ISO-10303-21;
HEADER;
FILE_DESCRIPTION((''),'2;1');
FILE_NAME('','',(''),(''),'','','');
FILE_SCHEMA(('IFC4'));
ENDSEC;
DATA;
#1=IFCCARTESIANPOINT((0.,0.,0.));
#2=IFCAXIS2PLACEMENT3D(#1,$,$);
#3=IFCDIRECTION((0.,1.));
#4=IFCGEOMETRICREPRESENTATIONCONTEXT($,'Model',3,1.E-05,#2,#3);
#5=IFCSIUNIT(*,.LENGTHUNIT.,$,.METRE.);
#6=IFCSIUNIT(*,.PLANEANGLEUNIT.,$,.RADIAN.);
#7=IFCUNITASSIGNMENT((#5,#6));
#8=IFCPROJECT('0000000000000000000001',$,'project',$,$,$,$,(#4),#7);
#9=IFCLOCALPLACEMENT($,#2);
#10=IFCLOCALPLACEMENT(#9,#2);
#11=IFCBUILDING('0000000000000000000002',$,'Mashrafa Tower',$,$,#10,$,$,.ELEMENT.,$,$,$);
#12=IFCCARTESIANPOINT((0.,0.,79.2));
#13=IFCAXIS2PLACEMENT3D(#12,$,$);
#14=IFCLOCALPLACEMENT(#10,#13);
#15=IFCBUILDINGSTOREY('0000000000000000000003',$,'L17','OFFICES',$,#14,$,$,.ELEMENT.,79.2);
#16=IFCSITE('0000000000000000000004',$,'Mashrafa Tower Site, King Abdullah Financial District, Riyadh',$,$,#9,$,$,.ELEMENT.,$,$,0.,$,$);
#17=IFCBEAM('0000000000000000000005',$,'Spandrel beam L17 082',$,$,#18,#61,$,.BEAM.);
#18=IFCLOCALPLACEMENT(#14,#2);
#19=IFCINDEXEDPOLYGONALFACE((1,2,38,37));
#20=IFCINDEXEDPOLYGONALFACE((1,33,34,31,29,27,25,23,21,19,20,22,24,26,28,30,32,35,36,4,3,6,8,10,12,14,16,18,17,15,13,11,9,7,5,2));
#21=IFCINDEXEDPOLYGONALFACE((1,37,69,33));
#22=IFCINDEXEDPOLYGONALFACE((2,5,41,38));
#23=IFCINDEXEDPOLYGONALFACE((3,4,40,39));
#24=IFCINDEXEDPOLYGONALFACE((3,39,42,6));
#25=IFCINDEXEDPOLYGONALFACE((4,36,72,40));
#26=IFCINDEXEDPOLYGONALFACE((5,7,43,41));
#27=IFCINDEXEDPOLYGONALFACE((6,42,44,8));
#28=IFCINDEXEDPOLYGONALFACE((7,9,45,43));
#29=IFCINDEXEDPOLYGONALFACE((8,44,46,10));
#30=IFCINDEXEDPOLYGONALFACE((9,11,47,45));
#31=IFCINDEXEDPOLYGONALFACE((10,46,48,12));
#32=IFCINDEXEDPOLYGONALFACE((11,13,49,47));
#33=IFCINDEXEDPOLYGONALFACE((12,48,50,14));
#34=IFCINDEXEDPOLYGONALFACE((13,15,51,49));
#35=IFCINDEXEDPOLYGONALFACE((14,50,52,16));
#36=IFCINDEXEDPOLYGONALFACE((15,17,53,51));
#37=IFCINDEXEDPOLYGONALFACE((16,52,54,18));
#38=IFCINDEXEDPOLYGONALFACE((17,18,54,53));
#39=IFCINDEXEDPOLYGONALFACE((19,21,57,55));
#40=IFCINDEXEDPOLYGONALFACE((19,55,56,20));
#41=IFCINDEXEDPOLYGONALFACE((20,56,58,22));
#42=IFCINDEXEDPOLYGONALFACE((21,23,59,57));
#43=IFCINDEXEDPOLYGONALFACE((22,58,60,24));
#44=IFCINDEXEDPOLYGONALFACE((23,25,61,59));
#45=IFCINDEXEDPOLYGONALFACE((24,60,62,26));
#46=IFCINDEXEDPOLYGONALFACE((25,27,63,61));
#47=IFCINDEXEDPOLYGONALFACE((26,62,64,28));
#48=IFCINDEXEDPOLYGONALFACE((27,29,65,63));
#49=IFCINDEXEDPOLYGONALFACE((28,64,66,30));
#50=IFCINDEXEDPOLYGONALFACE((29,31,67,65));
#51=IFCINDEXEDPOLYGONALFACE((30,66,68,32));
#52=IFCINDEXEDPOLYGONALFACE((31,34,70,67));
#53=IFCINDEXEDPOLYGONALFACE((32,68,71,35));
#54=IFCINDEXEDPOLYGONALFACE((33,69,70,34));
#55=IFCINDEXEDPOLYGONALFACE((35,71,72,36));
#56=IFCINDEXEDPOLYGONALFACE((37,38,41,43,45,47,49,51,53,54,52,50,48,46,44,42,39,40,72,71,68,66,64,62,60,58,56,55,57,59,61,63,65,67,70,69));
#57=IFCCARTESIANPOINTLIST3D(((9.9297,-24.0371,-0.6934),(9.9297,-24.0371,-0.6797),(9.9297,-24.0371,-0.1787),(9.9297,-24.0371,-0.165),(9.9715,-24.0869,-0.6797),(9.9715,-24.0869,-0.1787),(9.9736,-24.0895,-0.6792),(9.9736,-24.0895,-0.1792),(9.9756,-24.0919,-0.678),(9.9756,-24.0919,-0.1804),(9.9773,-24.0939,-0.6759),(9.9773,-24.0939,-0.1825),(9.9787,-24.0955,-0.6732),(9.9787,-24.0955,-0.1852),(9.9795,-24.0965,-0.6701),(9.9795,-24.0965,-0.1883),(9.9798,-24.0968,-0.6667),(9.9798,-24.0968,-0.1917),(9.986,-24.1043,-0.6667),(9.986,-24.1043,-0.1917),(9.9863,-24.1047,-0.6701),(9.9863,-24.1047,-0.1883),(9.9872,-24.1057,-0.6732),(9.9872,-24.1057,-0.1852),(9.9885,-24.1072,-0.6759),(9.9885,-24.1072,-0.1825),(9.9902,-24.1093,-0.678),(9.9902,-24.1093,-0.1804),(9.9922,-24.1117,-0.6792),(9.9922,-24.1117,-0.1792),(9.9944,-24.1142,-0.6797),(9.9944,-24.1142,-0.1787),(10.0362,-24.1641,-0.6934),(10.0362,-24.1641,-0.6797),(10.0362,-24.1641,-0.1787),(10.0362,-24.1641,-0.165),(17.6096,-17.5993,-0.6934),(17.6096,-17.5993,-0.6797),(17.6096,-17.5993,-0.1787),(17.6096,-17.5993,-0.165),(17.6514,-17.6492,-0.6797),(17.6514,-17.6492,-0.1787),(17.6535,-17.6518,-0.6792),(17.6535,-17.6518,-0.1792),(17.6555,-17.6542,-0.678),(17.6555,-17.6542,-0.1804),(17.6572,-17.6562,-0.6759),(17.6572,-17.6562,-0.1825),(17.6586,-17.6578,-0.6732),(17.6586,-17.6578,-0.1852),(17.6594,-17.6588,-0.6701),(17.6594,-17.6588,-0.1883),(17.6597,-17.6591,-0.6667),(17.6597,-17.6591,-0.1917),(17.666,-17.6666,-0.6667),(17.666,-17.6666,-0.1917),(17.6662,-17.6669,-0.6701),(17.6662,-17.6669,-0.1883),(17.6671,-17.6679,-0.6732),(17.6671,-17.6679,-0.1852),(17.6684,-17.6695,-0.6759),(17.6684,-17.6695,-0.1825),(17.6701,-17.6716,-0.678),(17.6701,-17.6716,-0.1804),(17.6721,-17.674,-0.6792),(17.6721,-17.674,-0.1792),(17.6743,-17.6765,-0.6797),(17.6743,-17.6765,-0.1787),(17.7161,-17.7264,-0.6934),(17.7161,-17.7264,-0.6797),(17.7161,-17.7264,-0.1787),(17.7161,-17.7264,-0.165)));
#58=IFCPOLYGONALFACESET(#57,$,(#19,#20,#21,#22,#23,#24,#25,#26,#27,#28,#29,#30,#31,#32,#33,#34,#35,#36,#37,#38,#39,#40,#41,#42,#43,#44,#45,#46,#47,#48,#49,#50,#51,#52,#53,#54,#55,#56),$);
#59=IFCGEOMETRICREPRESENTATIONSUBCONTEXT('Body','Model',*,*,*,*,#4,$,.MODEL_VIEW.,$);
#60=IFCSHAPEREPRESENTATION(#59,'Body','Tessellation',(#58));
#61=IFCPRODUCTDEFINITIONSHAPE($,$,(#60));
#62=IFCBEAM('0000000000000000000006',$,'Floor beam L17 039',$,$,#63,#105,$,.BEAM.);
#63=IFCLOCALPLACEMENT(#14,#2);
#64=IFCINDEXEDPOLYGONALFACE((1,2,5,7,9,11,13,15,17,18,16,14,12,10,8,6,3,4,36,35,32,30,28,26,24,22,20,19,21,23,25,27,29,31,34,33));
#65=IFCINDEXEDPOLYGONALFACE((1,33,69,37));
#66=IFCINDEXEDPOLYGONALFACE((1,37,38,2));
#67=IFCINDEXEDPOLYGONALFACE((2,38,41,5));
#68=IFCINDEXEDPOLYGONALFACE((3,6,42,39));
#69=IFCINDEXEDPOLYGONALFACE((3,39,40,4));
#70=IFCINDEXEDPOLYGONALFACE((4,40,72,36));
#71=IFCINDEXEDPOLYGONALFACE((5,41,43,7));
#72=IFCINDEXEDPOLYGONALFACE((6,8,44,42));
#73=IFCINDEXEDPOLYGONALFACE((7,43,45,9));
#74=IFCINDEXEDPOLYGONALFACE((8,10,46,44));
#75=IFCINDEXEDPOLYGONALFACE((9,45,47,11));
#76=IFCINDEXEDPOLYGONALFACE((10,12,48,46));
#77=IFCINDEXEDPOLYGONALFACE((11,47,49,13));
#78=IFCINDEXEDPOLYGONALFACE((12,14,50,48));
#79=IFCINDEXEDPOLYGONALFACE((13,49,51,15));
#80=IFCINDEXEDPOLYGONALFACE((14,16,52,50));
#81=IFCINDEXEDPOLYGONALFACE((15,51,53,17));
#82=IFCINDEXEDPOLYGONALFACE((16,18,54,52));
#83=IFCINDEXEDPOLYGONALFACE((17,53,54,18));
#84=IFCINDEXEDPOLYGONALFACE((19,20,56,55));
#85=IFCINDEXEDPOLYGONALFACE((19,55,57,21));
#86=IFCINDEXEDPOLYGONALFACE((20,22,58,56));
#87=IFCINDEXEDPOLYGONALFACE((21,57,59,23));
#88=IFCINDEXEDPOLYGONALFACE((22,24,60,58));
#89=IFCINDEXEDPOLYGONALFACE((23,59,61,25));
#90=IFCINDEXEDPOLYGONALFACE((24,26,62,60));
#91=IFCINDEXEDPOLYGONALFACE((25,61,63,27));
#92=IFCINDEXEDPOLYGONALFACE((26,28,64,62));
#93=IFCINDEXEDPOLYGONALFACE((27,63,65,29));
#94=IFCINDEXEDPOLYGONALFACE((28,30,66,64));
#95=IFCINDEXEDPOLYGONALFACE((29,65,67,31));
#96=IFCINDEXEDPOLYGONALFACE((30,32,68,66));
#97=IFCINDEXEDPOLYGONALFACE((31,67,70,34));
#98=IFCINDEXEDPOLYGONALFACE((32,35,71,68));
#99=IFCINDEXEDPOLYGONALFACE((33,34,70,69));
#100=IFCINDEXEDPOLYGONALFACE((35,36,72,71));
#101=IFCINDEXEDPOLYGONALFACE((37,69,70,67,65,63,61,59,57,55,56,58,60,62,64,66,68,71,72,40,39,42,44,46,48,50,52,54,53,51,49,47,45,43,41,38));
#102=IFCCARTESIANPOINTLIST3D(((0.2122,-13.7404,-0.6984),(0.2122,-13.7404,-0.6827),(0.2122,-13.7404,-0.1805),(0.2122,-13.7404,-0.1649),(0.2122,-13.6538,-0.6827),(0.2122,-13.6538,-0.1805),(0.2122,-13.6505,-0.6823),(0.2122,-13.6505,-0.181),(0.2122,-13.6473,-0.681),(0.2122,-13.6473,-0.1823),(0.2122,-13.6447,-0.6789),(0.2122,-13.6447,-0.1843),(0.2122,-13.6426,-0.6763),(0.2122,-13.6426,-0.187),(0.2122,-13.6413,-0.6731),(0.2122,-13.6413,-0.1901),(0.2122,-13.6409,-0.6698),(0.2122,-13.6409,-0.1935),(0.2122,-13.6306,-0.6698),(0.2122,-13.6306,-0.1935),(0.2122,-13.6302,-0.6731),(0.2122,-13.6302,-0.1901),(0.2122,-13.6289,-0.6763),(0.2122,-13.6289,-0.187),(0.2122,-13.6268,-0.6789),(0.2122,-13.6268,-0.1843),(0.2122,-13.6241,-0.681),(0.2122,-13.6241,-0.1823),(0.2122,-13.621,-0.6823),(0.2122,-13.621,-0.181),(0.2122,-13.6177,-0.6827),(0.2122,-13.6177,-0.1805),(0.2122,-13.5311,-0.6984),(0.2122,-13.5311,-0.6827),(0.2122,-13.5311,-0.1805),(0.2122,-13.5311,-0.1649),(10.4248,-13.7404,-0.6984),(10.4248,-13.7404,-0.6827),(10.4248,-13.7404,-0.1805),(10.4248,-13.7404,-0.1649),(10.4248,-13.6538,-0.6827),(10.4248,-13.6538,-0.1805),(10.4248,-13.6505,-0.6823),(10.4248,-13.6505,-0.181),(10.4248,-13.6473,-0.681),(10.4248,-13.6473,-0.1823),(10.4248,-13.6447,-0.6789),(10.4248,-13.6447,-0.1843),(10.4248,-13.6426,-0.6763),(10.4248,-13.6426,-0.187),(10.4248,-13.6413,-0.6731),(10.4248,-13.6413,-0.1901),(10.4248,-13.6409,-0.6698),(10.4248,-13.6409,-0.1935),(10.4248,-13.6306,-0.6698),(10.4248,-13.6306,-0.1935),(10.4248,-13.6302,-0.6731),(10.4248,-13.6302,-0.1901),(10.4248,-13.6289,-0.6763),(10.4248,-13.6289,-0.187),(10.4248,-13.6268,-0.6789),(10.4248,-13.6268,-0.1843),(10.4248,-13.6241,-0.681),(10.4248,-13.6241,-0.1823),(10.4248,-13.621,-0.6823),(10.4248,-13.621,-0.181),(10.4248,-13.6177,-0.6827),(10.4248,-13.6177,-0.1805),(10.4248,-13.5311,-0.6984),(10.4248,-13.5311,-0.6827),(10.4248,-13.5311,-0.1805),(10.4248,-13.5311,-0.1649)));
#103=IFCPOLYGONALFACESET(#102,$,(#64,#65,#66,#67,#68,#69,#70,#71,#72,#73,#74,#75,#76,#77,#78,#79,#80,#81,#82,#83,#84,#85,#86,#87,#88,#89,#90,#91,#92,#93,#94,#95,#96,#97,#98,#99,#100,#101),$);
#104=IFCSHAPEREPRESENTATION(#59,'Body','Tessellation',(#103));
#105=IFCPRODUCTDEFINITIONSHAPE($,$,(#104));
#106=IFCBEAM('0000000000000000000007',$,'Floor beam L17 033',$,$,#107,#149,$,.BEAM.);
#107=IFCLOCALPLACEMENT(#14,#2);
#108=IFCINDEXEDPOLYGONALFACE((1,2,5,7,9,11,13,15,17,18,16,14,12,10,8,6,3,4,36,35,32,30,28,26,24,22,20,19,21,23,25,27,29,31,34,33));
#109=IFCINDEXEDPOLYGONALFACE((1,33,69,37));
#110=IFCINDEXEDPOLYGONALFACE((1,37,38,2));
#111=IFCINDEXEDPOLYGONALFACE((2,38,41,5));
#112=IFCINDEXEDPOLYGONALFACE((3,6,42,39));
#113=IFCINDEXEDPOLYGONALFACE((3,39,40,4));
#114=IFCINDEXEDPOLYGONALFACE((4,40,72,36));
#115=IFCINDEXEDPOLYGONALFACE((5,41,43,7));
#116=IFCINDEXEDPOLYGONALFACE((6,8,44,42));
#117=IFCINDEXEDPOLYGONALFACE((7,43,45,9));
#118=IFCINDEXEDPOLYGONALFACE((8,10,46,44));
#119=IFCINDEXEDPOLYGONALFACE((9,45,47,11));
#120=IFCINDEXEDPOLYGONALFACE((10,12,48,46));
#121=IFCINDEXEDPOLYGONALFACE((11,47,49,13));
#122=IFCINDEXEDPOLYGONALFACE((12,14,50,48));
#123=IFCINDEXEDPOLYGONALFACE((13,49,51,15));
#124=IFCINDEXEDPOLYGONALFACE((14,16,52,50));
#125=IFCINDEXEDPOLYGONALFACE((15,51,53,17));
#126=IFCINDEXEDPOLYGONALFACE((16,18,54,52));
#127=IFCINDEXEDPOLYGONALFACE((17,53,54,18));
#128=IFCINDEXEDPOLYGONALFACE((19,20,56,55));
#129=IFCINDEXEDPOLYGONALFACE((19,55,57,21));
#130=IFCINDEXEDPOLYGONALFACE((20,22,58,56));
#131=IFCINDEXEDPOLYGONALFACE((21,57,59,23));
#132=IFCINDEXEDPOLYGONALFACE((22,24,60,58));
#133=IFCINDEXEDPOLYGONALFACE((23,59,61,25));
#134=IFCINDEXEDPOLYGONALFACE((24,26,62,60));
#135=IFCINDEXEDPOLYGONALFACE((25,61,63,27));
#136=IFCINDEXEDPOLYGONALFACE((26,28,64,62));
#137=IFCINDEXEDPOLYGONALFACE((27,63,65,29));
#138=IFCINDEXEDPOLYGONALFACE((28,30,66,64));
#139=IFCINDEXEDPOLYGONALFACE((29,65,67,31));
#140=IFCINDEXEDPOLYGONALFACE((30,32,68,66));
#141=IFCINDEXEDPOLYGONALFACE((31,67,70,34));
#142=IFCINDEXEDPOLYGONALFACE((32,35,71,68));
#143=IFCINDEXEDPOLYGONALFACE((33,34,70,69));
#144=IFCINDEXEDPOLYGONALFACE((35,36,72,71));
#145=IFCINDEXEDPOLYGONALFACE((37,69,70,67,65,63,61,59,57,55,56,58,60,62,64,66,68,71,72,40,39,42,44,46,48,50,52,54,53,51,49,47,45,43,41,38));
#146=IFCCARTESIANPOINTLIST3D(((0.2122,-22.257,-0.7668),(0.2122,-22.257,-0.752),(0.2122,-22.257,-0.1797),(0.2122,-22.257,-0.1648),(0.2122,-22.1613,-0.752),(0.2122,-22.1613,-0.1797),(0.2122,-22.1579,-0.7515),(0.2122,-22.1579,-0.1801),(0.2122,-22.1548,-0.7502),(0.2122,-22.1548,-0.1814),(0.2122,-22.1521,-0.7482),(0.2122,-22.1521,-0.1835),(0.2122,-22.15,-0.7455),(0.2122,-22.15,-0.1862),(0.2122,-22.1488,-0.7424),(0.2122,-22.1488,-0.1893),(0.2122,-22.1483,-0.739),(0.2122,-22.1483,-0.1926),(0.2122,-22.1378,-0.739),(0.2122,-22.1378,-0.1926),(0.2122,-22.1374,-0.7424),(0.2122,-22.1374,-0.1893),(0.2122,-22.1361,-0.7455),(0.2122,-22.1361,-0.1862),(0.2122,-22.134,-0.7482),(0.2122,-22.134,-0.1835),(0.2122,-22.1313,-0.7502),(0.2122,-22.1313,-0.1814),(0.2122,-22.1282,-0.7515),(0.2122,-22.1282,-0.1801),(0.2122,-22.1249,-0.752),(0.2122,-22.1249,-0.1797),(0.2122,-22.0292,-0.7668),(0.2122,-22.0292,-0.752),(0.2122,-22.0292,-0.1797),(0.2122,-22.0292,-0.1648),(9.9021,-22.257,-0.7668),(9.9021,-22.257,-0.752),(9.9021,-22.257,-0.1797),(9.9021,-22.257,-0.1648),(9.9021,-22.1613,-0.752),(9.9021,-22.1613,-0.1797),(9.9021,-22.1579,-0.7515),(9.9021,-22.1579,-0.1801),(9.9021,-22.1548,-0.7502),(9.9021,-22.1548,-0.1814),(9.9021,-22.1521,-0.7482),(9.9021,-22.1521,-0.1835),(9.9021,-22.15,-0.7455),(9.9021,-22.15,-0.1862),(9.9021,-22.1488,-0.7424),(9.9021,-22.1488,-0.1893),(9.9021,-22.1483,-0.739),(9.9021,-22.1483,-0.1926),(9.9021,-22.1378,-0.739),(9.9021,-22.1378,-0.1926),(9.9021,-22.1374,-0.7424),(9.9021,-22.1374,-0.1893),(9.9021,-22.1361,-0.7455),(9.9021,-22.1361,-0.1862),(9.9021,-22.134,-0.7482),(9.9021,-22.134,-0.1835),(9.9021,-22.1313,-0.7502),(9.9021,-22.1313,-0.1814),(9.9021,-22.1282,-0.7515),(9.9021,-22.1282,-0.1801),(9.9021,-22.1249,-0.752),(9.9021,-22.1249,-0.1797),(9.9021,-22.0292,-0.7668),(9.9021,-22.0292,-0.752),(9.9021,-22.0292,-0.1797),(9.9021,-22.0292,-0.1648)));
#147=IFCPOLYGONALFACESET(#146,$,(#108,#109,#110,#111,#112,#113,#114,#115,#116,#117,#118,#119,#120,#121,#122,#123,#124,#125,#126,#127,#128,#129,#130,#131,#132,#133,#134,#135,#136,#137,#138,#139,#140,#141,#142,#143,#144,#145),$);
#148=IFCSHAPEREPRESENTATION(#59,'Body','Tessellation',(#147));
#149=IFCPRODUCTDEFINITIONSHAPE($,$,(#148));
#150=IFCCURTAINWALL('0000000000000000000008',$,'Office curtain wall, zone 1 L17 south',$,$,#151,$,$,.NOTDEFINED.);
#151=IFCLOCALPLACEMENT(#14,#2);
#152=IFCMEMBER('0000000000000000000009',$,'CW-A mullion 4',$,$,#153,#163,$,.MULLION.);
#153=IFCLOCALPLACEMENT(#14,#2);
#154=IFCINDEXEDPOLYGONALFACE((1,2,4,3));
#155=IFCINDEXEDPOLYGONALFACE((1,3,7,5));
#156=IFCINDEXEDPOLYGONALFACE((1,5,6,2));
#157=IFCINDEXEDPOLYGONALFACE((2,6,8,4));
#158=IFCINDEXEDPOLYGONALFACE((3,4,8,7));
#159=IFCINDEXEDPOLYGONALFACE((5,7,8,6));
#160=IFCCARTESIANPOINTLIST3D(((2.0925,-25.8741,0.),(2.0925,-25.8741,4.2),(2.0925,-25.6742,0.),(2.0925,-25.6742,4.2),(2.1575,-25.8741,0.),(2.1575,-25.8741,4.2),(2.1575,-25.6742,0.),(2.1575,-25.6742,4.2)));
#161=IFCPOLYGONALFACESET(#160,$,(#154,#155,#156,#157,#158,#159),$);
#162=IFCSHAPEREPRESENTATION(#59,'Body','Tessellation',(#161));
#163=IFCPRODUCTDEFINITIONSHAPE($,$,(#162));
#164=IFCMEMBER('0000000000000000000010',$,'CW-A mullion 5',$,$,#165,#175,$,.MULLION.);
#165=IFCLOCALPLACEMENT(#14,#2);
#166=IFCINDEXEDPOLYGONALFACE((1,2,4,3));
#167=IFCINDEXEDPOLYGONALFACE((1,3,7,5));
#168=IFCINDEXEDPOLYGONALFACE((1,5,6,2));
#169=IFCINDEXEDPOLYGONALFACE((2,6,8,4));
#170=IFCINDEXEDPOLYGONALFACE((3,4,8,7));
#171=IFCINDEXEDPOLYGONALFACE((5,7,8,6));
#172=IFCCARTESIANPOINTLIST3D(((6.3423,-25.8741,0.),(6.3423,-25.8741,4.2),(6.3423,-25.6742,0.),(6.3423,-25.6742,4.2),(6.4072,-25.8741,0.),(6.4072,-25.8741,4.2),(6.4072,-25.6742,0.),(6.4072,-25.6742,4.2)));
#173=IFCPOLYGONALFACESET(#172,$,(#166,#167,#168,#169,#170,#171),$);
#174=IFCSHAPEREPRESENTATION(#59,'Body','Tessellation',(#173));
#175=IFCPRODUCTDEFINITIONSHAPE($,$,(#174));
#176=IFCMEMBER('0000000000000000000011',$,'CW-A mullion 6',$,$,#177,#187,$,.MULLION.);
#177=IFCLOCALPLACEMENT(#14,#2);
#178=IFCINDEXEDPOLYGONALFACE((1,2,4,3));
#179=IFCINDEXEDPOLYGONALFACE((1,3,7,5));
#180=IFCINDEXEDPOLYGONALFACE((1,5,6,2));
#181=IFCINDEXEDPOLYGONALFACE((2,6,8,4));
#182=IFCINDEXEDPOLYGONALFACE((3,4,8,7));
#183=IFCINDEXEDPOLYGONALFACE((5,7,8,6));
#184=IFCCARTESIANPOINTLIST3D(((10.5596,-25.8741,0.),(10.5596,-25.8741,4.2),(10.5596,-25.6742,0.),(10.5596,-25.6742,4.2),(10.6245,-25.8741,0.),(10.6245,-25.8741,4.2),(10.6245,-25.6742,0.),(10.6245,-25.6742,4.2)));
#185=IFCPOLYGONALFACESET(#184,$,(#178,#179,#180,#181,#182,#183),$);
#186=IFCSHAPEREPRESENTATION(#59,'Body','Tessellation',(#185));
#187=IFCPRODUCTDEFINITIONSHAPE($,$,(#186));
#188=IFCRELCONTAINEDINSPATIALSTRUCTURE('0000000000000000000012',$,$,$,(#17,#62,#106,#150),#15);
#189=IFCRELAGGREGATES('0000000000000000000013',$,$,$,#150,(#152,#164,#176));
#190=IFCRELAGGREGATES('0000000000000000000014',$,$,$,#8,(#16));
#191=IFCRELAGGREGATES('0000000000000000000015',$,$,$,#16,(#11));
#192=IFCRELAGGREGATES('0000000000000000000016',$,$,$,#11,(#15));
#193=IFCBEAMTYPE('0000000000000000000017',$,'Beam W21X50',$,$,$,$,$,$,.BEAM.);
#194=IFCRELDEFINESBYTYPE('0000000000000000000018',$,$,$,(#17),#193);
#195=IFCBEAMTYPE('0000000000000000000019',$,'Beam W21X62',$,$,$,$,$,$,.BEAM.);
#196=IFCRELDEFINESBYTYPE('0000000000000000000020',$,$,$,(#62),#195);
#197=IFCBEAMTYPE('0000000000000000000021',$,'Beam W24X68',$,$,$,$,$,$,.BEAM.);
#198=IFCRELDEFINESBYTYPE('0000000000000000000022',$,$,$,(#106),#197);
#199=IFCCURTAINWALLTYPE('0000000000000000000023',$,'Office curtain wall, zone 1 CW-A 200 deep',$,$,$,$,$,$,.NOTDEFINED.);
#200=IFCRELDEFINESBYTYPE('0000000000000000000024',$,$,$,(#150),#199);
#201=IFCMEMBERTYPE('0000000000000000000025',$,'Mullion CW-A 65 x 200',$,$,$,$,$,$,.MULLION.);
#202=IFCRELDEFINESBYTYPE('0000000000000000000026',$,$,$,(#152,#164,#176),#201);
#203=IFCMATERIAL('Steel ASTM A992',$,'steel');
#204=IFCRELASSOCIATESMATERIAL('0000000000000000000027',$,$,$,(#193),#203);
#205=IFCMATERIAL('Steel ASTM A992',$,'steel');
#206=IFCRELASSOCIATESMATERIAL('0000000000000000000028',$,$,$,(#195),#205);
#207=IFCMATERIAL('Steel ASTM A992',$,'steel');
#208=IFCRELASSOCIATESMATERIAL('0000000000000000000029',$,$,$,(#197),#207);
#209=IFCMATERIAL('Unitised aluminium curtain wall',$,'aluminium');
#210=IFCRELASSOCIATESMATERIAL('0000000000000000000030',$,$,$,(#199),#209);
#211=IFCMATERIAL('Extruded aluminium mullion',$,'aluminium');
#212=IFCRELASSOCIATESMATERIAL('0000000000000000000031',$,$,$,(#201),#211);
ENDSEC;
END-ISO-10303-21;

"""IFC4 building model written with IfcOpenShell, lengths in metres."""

from ifc_helpers import new_model, si_unit, direction, frame, origin, origin_2d, place, context, subcontext, project, spatial, rectangle, i_section, extrude, source, transform, mapped, material, material_profile, profile_set, type_object, type_shapes, element, aggregate, save


model = new_model("IFC4")

# Units and contexts
model_context = context("Model", 3, precision=1e-05, world=origin(), true_north=direction((0.0, 1.0)))
body_context = subcontext(model_context, "Body", "Model", "MODEL_VIEW")
ifc_project = project(units=[si_unit("LENGTHUNIT", "METRE"), si_unit("PLANEANGLEUNIT", "RADIAN")], contexts=[model_context])

# Site, building, storey
site_placement = place(None, origin())
site = spatial("IfcSite", under=ifc_project, at=site_placement, Name="Mashrafa Tower Site, King Abdullah Financial District, Riyadh", CompositionType="ELEMENT", RefElevation=0.0)
building_placement = place(site_placement, origin())
building = spatial("IfcBuilding", under=site, at=building_placement, Name="Mashrafa Tower", CompositionType="ELEMENT")
storey_placement = place(building_placement, frame((0.0, 0.0, 79.2)))
storey = spatial("IfcBuildingStorey", under=building, at=storey_placement, Name="L17", Description="OFFICES", CompositionType="ELEMENT", Elevation=79.2)

# Beams
ifc_material_1 = material(Name="Steel ASTM A992", Category="steel")
ifc_material_profile_1 = material_profile(ifc_material_1, i_section(OverallWidth=0.1658, OverallDepth=0.5283, WebThickness=0.0098, FlangeThickness=0.0137, FilletRadius=0.0129, at=origin_2d()), Name="W21X50")
ifc_profile_set_1 = profile_set([ifc_material_profile_1], Name="Steel ASTM A992")
beam_type_1 = type_object("IfcBeamType", Name="Beam W21X50", PredefinedType="BEAM", material=ifc_profile_set_1)
beam_1_placement = place(storey_placement, frame((9.9829, -24.1006, -0.4292), z_axis=(0.766363, 0.642408, 0.0), x_axis=(-0.642408, 0.766363, 0.0)))
element("IfcBeam", 1, at=beam_1_placement, inside=storey, type_object=beam_type_1, Name="Spandrel beam L17 082", PredefinedType="BEAM", context=body_context, shape_type="SweptSolid", body=[
    extrude(i_section(OverallWidth=0.1658, OverallDepth=0.5283, WebThickness=0.0098, FlangeThickness=0.0137, FilletRadius=0.0129, at=origin_2d()), origin(), (0.0, 0.0, 1.0), 10.0212),
])
ifc_material_2 = material(Name="Steel ASTM A992", Category="steel")
ifc_material_profile_2 = material_profile(ifc_material_2, i_section(OverallWidth=0.2092, OverallDepth=0.5334, WebThickness=0.0103, FlangeThickness=0.0156, FilletRadius=0.0129, at=origin_2d()), Name="W21X62")
ifc_profile_set_2 = profile_set([ifc_material_profile_2], Name="Steel ASTM A992")
beam_type_2 = type_object("IfcBeamType", Name="Beam W21X62", PredefinedType="BEAM", material=ifc_profile_set_2)
beam_2_placement = place(storey_placement, frame((10.4248, -13.6357, -0.4316), z_axis=(-1.0, 0.0, 0.0), x_axis=(0.0, -1.0, 0.0)))
element("IfcBeam", 2, at=beam_2_placement, inside=storey, type_object=beam_type_2, Name="Floor beam L17 039", PredefinedType="BEAM", context=body_context, shape_type="SweptSolid", body=[
    extrude(i_section(OverallWidth=0.2092, OverallDepth=0.5334, WebThickness=0.0103, FlangeThickness=0.0156, FilletRadius=0.0129, at=origin_2d()), origin(), (0.0, 0.0, 1.0), 10.2126),
])
ifc_material_3 = material(Name="Steel ASTM A992", Category="steel")
ifc_material_profile_3 = material_profile(ifc_material_3, i_section(OverallWidth=0.2278, OverallDepth=0.6021, WebThickness=0.0105, FlangeThickness=0.0149, FilletRadius=0.0129, at=origin_2d()), Name="W24X68")
ifc_profile_set_3 = profile_set([ifc_material_profile_3], Name="Steel ASTM A992")
beam_type_3 = type_object("IfcBeamType", Name="Beam W24X68", PredefinedType="BEAM", material=ifc_profile_set_3)
beam_3_placement = place(storey_placement, frame((9.9021, -22.1431, -0.4658), z_axis=(-1.0, 0.0, 0.0), x_axis=(0.0, -1.0, 0.0)))
element("IfcBeam", 3, at=beam_3_placement, inside=storey, type_object=beam_type_3, Name="Floor beam L17 033", PredefinedType="BEAM", context=body_context, shape_type="SweptSolid", body=[
    extrude(i_section(OverallWidth=0.2278, OverallDepth=0.6021, WebThickness=0.0105, FlangeThickness=0.0149, FilletRadius=0.0129, at=origin_2d()), origin(), (0.0, 0.0, 1.0), 9.6899),
])

# Curtain wall, members
ifc_material_4 = material(Name="Unitised aluminium curtain wall", Category="aluminium")
curtain_wall_type = type_object("IfcCurtainWallType", Name="Office curtain wall, zone 1 CW-A 200 deep", PredefinedType="NOTDEFINED", material=ifc_material_4)
curtain_wall_1_placement = place(storey_placement, origin())
curtain_wall_1 = element("IfcCurtainWall", 4, at=curtain_wall_1_placement, inside=storey, type_object=curtain_wall_type, Name="Office curtain wall, zone 1 L17 south", PredefinedType="NOTDEFINED")
ifc_material_5 = material(Name="Extruded aluminium mullion", Category="aluminium")
ifc_material_profile_4 = material_profile(ifc_material_5, rectangle(XDim=0.2, YDim=0.0649, at=origin_2d()), Name="Mullion 65x200")
ifc_profile_set_4 = profile_set([ifc_material_profile_4], Name="Extruded aluminium mullion")
member_type_1 = type_object("IfcMemberType", Name="Mullion CW-A 65 x 200", PredefinedType="MULLION", material=ifc_profile_set_4)
shared_shape_1 = source(origin(), body_context, "Body", "SweptSolid", [
    extrude(rectangle(XDim=0.2, YDim=0.0649, at=origin_2d()), origin(), (0.0, 0.0, 1.0), 4.2),
])
type_shapes(member_type_1, [shared_shape_1])
member_1_placement = place(storey_placement, frame((2.125, -25.7742, 0.0), z_axis=(0.0, 0.0, 1.0), x_axis=(0.0, 1.0, 0.0)))
member_1 = element("IfcMember", 5, at=member_1_placement, type_object=member_type_1, Name="CW-A mullion 4", PredefinedType="MULLION", context=body_context, shape_type="MappedRepresentation", body=[
    mapped(shared_shape_1, transform((0.0, 0.0, 0.0))),
])
member_2_placement = place(storey_placement, frame((6.3748, -25.7742, 0.0), z_axis=(0.0, 0.0, 1.0), x_axis=(0.0, 1.0, 0.0)))
member_2 = element("IfcMember", 6, at=member_2_placement, type_object=member_type_1, Name="CW-A mullion 5", PredefinedType="MULLION", context=body_context, shape_type="MappedRepresentation", body=[
    mapped(shared_shape_1, transform((0.0, 0.0, 0.0))),
])
member_3_placement = place(storey_placement, frame((10.592, -25.7742, 0.0), z_axis=(0.0, 0.0, 1.0), x_axis=(0.0, 1.0, 0.0)))
member_3 = element("IfcMember", 7, at=member_3_placement, type_object=member_type_1, Name="CW-A mullion 6", PredefinedType="MULLION", context=body_context, shape_type="MappedRepresentation", body=[
    mapped(shared_shape_1, transform((0.0, 0.0, 0.0))),
])

aggregate(curtain_wall_1, [member_1, member_2, member_3])

save(model, "model.ifc")
